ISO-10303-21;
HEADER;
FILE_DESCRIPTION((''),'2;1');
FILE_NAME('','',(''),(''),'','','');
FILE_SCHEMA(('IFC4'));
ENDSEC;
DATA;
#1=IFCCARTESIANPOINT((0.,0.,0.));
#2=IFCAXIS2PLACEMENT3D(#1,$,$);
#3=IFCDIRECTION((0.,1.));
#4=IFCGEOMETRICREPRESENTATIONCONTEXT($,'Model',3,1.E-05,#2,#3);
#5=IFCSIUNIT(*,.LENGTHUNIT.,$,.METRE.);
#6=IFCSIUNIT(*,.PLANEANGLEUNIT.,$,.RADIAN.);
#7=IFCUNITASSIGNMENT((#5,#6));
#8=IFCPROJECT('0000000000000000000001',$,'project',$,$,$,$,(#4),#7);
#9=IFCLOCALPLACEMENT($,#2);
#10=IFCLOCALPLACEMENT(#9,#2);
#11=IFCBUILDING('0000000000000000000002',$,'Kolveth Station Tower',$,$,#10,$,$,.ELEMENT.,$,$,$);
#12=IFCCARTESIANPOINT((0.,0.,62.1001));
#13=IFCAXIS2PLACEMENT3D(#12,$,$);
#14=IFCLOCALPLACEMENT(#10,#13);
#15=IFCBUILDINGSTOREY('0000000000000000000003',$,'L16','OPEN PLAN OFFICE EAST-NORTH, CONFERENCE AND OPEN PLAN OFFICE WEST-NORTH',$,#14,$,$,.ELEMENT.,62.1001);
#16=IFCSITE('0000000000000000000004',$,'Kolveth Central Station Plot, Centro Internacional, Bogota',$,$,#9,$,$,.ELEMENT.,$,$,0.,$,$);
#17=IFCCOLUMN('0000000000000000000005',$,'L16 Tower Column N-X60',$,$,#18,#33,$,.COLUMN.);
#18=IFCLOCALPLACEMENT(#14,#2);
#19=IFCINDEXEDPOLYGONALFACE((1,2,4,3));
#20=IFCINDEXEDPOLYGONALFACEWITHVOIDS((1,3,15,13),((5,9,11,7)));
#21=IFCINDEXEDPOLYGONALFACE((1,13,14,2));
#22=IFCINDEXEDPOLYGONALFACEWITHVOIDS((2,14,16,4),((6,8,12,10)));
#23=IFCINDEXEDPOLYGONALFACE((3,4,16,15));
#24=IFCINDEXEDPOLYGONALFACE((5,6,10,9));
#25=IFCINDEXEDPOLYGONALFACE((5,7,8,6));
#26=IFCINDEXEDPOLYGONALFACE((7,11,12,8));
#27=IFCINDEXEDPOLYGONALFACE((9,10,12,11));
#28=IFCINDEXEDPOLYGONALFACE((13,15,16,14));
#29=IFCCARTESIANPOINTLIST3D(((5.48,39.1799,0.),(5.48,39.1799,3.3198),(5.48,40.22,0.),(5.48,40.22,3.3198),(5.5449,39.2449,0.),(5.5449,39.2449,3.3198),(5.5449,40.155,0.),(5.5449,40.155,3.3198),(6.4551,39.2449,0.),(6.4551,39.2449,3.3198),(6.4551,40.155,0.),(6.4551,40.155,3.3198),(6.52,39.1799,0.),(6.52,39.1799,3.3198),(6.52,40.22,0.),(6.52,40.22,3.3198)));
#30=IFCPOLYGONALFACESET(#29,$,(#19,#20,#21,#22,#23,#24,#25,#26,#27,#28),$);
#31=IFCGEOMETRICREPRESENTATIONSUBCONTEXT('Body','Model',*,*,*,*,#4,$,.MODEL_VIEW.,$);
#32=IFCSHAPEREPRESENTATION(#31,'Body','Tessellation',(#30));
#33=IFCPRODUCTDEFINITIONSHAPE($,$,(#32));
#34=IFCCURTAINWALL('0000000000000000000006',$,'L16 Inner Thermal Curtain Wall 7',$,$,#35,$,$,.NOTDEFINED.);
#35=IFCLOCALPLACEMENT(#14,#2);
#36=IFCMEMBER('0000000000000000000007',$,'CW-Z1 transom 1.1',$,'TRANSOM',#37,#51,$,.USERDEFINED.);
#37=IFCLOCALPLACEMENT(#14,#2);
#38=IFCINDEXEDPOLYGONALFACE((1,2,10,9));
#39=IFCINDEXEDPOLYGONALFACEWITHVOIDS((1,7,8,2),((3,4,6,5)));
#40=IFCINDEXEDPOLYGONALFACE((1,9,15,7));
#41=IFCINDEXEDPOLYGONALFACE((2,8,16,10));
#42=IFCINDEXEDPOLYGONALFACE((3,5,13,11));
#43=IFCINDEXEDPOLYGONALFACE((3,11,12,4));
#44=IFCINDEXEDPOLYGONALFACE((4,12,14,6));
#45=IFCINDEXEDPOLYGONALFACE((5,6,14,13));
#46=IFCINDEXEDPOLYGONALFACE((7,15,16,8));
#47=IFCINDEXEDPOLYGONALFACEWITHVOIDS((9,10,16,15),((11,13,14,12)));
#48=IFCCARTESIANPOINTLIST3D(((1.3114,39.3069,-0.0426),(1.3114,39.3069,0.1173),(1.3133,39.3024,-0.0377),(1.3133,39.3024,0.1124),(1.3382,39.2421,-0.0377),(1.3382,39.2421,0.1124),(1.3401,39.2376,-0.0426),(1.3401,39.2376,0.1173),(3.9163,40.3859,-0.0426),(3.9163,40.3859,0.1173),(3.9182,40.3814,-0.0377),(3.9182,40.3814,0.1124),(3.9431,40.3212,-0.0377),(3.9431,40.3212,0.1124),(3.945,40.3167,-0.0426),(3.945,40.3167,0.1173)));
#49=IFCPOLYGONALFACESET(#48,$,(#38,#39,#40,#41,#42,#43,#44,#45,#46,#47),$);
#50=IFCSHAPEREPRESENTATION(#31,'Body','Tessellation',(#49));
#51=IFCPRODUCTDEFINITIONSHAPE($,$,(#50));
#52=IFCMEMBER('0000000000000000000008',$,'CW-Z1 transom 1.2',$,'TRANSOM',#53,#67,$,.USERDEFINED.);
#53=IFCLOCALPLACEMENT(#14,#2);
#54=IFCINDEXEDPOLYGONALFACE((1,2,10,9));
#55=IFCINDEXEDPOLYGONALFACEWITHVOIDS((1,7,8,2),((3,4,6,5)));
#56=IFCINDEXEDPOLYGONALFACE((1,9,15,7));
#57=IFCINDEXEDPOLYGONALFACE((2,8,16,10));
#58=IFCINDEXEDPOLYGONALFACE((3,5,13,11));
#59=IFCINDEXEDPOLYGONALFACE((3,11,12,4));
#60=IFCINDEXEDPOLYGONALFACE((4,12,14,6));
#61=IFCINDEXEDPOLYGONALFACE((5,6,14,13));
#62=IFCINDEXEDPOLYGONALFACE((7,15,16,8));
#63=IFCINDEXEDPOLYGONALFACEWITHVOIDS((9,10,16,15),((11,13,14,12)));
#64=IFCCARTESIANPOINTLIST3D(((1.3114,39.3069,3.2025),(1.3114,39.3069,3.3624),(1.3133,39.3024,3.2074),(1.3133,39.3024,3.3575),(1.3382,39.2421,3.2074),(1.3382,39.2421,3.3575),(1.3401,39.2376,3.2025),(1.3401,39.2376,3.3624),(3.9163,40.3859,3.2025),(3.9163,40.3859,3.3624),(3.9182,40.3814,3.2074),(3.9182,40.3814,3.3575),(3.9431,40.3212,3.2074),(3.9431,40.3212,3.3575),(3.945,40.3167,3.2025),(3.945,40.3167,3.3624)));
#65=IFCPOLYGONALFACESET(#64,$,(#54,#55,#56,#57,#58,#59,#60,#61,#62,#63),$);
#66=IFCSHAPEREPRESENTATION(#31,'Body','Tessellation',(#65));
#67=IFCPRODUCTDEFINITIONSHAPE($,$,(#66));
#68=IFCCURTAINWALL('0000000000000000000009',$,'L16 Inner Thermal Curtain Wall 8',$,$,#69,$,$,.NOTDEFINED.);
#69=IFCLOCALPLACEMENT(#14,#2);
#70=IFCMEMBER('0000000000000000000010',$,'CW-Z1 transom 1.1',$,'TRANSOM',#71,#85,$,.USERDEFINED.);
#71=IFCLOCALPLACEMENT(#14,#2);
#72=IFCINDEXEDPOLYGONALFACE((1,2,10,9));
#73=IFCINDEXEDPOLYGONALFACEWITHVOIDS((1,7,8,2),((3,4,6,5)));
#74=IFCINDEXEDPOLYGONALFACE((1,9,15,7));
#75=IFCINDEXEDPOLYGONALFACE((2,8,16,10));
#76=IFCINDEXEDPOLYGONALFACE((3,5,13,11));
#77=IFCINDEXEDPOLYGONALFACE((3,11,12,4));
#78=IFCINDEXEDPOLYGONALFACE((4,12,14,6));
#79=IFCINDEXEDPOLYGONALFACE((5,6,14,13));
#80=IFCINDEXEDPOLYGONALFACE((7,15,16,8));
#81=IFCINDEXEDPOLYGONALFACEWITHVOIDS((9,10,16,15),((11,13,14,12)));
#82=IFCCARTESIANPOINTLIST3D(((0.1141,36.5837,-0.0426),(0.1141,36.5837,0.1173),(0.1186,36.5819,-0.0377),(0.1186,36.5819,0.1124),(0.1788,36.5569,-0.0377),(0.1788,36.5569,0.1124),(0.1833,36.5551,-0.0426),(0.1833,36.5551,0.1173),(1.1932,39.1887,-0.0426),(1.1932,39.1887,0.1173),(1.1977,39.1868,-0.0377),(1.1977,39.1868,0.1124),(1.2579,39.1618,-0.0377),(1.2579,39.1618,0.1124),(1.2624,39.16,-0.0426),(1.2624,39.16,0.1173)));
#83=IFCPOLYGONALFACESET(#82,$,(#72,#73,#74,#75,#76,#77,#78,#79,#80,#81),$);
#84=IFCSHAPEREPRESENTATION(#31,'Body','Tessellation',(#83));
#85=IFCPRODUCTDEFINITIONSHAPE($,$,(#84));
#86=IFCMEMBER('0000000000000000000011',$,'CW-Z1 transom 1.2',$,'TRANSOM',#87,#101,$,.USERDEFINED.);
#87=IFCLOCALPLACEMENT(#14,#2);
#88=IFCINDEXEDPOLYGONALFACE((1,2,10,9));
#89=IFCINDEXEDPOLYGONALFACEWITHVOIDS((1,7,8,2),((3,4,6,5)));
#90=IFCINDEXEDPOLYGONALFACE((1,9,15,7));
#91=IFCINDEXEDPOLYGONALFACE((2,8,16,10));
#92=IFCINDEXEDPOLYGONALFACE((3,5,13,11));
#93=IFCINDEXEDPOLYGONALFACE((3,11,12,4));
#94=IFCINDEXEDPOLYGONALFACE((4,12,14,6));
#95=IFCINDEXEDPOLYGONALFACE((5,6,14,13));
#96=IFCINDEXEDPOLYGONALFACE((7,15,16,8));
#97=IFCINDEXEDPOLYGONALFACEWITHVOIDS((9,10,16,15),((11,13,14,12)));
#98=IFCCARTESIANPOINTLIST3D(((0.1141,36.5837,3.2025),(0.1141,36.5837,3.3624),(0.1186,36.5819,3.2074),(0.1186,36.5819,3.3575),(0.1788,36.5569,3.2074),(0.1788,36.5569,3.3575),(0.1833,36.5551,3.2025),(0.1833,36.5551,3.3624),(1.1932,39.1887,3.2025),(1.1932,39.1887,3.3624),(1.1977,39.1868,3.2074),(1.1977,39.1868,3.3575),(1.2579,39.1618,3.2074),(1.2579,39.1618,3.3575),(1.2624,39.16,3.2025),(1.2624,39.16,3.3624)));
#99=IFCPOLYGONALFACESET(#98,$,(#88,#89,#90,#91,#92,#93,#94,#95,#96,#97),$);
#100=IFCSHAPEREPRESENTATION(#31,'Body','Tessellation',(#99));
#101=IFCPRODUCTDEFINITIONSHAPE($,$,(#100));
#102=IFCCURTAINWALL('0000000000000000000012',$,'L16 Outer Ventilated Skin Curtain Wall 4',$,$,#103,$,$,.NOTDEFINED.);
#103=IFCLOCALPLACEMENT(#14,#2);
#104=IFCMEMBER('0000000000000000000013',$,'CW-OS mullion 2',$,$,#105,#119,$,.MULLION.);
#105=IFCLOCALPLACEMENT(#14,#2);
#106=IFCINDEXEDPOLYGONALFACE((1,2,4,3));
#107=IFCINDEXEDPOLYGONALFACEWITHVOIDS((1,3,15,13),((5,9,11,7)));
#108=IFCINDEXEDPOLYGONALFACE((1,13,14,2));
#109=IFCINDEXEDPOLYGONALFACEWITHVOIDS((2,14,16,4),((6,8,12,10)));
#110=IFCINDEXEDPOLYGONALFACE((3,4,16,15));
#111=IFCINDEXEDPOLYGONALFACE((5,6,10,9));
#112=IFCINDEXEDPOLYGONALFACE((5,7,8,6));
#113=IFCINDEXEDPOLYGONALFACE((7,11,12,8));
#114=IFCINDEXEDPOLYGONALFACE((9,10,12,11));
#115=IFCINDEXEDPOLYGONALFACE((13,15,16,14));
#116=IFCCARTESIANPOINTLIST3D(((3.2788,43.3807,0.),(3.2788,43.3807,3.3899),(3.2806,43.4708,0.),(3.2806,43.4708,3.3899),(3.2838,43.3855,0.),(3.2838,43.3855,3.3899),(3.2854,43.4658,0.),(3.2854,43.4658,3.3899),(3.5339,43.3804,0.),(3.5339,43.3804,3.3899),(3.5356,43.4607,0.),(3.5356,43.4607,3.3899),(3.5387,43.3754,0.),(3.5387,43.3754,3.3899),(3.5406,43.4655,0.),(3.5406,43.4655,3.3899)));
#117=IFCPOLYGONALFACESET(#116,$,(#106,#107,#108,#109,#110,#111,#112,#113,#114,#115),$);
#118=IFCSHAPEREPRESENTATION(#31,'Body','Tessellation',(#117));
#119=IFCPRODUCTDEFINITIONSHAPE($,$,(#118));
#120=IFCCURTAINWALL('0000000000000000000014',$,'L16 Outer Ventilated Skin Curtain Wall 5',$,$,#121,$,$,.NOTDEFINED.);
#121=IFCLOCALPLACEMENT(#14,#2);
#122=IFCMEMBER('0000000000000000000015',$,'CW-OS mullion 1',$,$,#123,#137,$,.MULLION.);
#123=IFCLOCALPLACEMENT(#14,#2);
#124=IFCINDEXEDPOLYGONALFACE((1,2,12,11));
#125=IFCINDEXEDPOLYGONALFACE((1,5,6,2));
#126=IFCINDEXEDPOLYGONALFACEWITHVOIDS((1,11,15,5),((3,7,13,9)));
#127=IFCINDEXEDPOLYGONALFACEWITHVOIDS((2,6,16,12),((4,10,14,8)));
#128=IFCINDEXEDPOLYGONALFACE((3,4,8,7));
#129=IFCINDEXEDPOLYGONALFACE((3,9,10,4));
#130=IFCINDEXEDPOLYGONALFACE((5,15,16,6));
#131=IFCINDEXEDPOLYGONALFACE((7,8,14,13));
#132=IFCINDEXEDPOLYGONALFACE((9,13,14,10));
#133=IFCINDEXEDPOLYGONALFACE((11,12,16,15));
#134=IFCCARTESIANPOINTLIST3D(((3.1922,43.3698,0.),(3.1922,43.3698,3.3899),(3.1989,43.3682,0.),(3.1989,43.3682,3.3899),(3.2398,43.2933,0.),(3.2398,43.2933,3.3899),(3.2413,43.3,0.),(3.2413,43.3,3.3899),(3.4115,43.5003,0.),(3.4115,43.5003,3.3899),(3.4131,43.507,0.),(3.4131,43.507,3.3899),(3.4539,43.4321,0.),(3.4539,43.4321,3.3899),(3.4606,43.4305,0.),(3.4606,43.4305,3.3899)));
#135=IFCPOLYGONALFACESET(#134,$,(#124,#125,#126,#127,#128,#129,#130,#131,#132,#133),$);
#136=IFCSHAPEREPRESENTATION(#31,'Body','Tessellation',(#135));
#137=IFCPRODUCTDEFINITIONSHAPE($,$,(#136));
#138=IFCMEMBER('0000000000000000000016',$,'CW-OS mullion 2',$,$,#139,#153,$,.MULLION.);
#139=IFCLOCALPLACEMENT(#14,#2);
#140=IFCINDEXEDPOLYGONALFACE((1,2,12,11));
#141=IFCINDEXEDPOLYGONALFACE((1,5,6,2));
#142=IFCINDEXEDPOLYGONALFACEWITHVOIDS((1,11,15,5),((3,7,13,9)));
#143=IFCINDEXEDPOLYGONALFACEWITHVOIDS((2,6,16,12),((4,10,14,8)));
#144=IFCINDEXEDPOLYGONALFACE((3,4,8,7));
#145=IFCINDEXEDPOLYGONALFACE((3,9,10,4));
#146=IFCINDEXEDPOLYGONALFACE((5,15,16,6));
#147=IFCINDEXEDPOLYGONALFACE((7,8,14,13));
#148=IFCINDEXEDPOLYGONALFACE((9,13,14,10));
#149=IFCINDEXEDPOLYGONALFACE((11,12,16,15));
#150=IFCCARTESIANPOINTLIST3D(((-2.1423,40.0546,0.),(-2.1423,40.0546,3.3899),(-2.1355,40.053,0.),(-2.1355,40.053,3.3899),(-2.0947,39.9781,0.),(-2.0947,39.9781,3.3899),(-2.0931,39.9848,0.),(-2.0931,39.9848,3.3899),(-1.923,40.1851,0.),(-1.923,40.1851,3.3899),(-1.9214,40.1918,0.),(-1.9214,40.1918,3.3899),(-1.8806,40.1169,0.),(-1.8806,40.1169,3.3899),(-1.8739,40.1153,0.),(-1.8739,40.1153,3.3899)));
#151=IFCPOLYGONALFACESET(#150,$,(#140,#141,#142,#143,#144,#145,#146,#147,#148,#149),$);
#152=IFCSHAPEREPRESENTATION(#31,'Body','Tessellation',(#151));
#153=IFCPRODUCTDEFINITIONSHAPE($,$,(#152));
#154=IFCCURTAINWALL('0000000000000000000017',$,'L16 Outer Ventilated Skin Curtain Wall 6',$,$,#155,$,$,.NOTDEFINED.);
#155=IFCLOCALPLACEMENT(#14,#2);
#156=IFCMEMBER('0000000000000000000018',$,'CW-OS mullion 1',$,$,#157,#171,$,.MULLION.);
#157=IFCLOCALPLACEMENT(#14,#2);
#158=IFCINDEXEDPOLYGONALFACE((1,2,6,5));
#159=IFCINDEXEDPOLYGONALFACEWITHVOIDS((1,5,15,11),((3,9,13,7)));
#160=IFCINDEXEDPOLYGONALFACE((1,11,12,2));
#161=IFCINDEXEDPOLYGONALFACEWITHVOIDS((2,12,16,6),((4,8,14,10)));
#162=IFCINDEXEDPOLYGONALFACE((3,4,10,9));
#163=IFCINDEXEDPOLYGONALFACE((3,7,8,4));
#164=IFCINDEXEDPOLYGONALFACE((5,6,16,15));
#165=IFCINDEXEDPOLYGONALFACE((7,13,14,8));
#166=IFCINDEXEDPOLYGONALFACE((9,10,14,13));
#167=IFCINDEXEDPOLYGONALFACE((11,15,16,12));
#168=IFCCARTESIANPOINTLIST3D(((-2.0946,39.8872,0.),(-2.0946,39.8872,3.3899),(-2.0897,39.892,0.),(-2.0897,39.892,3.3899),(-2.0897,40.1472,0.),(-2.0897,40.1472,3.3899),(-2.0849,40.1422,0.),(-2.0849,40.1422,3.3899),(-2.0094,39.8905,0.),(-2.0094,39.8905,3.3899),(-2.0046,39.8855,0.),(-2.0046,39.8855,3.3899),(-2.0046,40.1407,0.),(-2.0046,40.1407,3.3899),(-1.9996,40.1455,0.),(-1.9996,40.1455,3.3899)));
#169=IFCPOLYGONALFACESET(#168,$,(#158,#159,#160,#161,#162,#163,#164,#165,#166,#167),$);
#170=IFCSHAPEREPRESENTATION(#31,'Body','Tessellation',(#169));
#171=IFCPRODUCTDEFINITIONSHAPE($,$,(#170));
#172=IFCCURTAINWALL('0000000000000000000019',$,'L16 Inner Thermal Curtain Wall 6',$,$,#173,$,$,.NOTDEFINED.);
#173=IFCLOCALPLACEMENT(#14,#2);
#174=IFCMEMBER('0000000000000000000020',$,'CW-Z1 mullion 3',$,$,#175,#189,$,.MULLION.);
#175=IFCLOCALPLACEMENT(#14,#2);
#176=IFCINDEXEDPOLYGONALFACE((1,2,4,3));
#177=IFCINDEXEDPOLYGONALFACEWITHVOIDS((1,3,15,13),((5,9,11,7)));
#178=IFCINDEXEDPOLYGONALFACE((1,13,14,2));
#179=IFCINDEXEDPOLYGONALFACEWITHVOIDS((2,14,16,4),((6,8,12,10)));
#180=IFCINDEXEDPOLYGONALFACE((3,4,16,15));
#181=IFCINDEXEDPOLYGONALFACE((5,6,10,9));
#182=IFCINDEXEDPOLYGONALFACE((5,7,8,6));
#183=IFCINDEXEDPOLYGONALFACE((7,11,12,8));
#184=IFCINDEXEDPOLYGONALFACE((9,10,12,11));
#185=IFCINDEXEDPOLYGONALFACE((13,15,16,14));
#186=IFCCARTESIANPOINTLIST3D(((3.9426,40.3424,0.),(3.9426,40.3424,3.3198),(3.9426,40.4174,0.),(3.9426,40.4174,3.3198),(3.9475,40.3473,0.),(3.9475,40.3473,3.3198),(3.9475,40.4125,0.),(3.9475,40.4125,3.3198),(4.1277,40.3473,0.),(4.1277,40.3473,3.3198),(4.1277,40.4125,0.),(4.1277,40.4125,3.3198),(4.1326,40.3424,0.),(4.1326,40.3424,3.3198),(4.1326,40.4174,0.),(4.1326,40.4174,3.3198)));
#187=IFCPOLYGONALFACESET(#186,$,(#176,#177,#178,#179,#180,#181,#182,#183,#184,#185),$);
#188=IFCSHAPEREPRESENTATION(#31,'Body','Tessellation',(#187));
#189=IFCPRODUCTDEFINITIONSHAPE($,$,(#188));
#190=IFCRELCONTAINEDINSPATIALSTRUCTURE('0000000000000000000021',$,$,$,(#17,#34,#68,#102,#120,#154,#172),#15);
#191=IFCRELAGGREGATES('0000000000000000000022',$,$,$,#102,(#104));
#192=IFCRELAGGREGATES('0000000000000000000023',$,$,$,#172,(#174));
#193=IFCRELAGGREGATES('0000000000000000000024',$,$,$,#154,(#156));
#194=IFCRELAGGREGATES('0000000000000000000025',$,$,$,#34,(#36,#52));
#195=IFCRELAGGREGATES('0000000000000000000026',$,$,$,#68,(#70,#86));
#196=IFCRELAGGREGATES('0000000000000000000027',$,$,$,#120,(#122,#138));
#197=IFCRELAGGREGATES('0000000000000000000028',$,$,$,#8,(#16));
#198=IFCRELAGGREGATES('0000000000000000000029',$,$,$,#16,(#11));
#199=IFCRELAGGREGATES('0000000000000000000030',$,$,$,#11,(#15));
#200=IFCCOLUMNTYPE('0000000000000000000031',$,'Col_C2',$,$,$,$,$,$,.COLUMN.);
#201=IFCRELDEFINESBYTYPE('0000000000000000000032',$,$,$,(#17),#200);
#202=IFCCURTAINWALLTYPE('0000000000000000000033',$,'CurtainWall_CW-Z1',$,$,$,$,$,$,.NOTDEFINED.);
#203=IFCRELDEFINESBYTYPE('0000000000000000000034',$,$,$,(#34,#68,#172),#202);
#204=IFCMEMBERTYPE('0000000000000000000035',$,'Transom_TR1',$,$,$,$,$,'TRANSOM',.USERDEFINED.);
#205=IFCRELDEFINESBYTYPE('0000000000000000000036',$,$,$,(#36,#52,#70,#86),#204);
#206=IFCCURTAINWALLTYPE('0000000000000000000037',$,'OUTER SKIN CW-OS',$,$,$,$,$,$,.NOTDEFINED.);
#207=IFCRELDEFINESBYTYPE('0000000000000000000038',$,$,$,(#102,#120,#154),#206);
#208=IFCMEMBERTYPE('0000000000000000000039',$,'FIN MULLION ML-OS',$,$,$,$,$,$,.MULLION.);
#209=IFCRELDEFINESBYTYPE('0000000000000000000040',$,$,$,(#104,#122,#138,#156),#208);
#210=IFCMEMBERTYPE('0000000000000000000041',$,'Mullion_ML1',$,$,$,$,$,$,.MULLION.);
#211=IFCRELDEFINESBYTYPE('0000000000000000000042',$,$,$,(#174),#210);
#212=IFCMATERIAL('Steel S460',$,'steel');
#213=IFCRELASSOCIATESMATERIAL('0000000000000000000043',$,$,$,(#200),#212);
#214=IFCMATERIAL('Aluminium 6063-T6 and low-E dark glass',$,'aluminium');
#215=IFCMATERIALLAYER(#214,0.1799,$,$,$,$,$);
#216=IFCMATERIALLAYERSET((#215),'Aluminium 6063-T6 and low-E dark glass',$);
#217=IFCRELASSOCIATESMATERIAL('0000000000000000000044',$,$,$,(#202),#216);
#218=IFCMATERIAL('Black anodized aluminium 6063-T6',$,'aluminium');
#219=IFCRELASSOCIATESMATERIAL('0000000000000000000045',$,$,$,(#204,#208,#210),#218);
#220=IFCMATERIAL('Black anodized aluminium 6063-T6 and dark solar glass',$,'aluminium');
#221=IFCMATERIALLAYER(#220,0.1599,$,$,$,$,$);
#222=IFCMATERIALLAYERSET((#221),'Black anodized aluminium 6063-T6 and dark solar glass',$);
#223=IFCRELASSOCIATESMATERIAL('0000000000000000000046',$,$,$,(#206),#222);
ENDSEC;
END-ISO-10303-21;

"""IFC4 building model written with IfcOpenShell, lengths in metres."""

from ifc_helpers import new_model, si_unit, direction, frame, origin, origin_2d, place, context, subcontext, project, spatial, hollow_rectangle, extrude, source, transform, mapped, material, layer, layer_set, material_profile, profile_set, type_object, element, aggregate, save


model = new_model("IFC4")

# Units and contexts
model_context = context("Model", 3, precision=1e-05, world=origin(), true_north=direction((0.0, 1.0)))
body_context = subcontext(model_context, "Body", "Model", "MODEL_VIEW")
ifc_project = project(units=[si_unit("LENGTHUNIT", "METRE"), si_unit("PLANEANGLEUNIT", "RADIAN")], contexts=[model_context])

# Site, building, storey
site_placement = place(None, origin())
site = spatial("IfcSite", under=ifc_project, at=site_placement, Name="Kolveth Central Station Plot, Centro Internacional, Bogota", CompositionType="ELEMENT", RefElevation=0.0)
building_placement = place(site_placement, origin())
building = spatial("IfcBuilding", under=site, at=building_placement, Name="Kolveth Station Tower", CompositionType="ELEMENT")
storey_placement = place(building_placement, frame((0.0, 0.0, 62.1001)))
storey = spatial("IfcBuildingStorey", under=building, at=storey_placement, Name="L16", Description="OPEN PLAN OFFICE EAST-NORTH, CONFERENCE AND OPEN PLAN OFFICE WEST-NORTH", CompositionType="ELEMENT", Elevation=62.1001)

# Column
ifc_material_1 = material(Name="Steel S460", Category="steel")
ifc_material_profile_1 = material_profile(ifc_material_1, hollow_rectangle(XDim=1.04, YDim=1.04, WallThickness=0.0649, at=origin_2d()), Name="BOX1040x1040x65")
ifc_profile_set_1 = profile_set([ifc_material_profile_1], Name="Steel S460")
column_type = type_object("IfcColumnType", Name="Col_C2", PredefinedType="COLUMN", material=ifc_profile_set_1)
shared_shape_1 = source(origin(), body_context, "Body", "SweptSolid", [
    extrude(hollow_rectangle(XDim=1.04, YDim=1.04, WallThickness=0.0649, at=origin_2d()), origin(), (0.0, 0.0, 1.0), 3.3198),
])
column_placement = place(storey_placement, frame((6.0, 39.7, 0.0), z_axis=(0.0, 0.0, 1.0), x_axis=(1.0, 0.0, 0.0)))
element("IfcColumn", 1, at=column_placement, inside=storey, type_object=column_type, Name="L16 Tower Column N-X60", PredefinedType="COLUMN", context=body_context, shape_type="MappedRepresentation", body=[
    mapped(shared_shape_1, transform((0.0, 0.0, 0.0), x_axis=(1.0, 0.0, 0.0), y_axis=(0.0, 1.0, 0.0), z_axis=(0.0, 0.0, 1.0), scale=1.0)),
])

# Curtain walls, members
ifc_material_2 = material(Name="Aluminium 6063-T6 and low-E dark glass", Category="aluminium")
ifc_layer_1 = layer(ifc_material_2, 0.1799)
ifc_layer_set_1 = layer_set([ifc_layer_1], Name="Aluminium 6063-T6 and low-E dark glass")
curtain_wall_type_1 = type_object("IfcCurtainWallType", Name="CurtainWall_CW-Z1", PredefinedType="NOTDEFINED", material=ifc_layer_set_1)
curtain_wall_1_placement = place(storey_placement, origin())
curtain_wall_1 = element("IfcCurtainWall", 2, at=curtain_wall_1_placement, inside=storey, type_object=curtain_wall_type_1, Name="L16 Inner Thermal Curtain Wall 7", PredefinedType="NOTDEFINED")
ifc_material_3 = material(Name="Black anodized aluminium 6063-T6", Category="aluminium")
ifc_material_profile_2 = material_profile(ifc_material_3, hollow_rectangle(XDim=0.075, YDim=0.1599, WallThickness=0.0049, at=origin_2d()), Name="ALU-75x160x5")
ifc_profile_set_2 = profile_set([ifc_material_profile_2], Name="Black anodized aluminium 6063-T6")
member_type_1 = type_object("IfcMemberType", Name="Transom_TR1", ElementType="TRANSOM", PredefinedType="USERDEFINED", material=ifc_profile_set_2)
shared_shape_2 = source(origin(), body_context, "Body", "SweptSolid", [
    extrude(hollow_rectangle(XDim=0.075, YDim=0.1599, WallThickness=0.0049, at=origin_2d()), origin(), (0.0, 0.0, 1.0), 2.8196),
])
member_1_placement = place(storey_placement, frame((3.9307, 40.3513, 0.0374), z_axis=(-0.923869, -0.382709, 0.0), x_axis=(0.382709, -0.923869, 0.0)))
member_1 = element("IfcMember", 3, at=member_1_placement, type_object=member_type_1, Name="CW-Z1 transom 1.1", ObjectType="TRANSOM", PredefinedType="USERDEFINED", context=body_context, shape_type="MappedRepresentation", body=[
    mapped(shared_shape_2, transform((0.0, 0.0, 0.0), x_axis=(1.0, 0.0, 0.0), y_axis=(0.0, 1.0, 0.0), z_axis=(0.0, 0.0, 1.0), scale=1.0)),
])
member_2_placement = place(storey_placement, frame((3.9307, 40.3513, 3.2825), z_axis=(-0.923869, -0.382709, 0.0), x_axis=(0.382709, -0.923869, 0.0)))
member_2 = element("IfcMember", 4, at=member_2_placement, type_object=member_type_1, Name="CW-Z1 transom 1.2", ObjectType="TRANSOM", PredefinedType="USERDEFINED", context=body_context, shape_type="MappedRepresentation", body=[
    mapped(shared_shape_2, transform((0.0, 0.0, 0.0), x_axis=(1.0, 0.0, 0.0), y_axis=(0.0, 1.0, 0.0), z_axis=(0.0, 0.0, 1.0), scale=1.0)),
])
curtain_wall_2_placement = place(storey_placement, origin())
curtain_wall_2 = element("IfcCurtainWall", 5, at=curtain_wall_2_placement, inside=storey, type_object=curtain_wall_type_1, Name="L16 Inner Thermal Curtain Wall 8", PredefinedType="NOTDEFINED")
member_3_placement = place(storey_placement, frame((1.2278, 39.1743, 0.0374), z_axis=(-0.382709, -0.923869, 0.0), x_axis=(0.923869, -0.382709, 0.0)))
member_3 = element("IfcMember", 6, at=member_3_placement, type_object=member_type_1, Name="CW-Z1 transom 1.1", ObjectType="TRANSOM", PredefinedType="USERDEFINED", context=body_context, shape_type="MappedRepresentation", body=[
    mapped(shared_shape_2, transform((0.0, 0.0, 0.0), x_axis=(1.0, 0.0, 0.0), y_axis=(0.0, 1.0, 0.0), z_axis=(0.0, 0.0, 1.0), scale=1.0)),
])
member_4_placement = place(storey_placement, frame((1.2278, 39.1743, 3.2825), z_axis=(-0.382709, -0.923869, 0.0), x_axis=(0.923869, -0.382709, 0.0)))
member_4 = element("IfcMember", 7, at=member_4_placement, type_object=member_type_1, Name="CW-Z1 transom 1.2", ObjectType="TRANSOM", PredefinedType="USERDEFINED", context=body_context, shape_type="MappedRepresentation", body=[
    mapped(shared_shape_2, transform((0.0, 0.0, 0.0), x_axis=(1.0, 0.0, 0.0), y_axis=(0.0, 1.0, 0.0), z_axis=(0.0, 0.0, 1.0), scale=1.0)),
])

# Curtain wall, member
ifc_material_4 = material(Name="Black anodized aluminium 6063-T6 and dark solar glass", Category="aluminium")
ifc_layer_2 = layer(ifc_material_4, 0.1599)
ifc_layer_set_2 = layer_set([ifc_layer_2], Name="Black anodized aluminium 6063-T6 and dark solar glass")
curtain_wall_type_2 = type_object("IfcCurtainWallType", Name="OUTER SKIN CW-OS", PredefinedType="NOTDEFINED", material=ifc_layer_set_2)
curtain_wall_3_placement = place(storey_placement, origin())
curtain_wall_3 = element("IfcCurtainWall", 8, at=curtain_wall_3_placement, inside=storey, type_object=curtain_wall_type_2, Name="L16 Outer Ventilated Skin Curtain Wall 4", PredefinedType="NOTDEFINED")
ifc_material_profile_3 = material_profile(ifc_material_3, hollow_rectangle(XDim=0.0901, YDim=0.26, WallThickness=0.0049, at=origin_2d()), Name="ALU-90x260x5")
ifc_profile_set_3 = profile_set([ifc_material_profile_3], Name="Black anodized aluminium 6063-T6")
member_type_2 = type_object("IfcMemberType", Name="FIN MULLION ML-OS", PredefinedType="MULLION", material=ifc_profile_set_3)
shared_shape_3 = source(origin(), body_context, "Body", "SweptSolid", [
    extrude(hollow_rectangle(XDim=0.0901, YDim=0.26, WallThickness=0.0049, at=origin_2d()), origin(), (0.0, 0.0, 1.0), 3.3899),
])
member_5_placement = place(storey_placement, frame((3.4097, 43.4231, 0.0), z_axis=(0.0, 0.0, 1.0), x_axis=(-0.020301, -0.999794, 0.0)))
member_5 = element("IfcMember", 9, at=member_5_placement, type_object=member_type_2, Name="CW-OS mullion 2", PredefinedType="MULLION", context=body_context, shape_type="MappedRepresentation", body=[
    mapped(shared_shape_3, transform((0.0, 0.0, 0.0), x_axis=(1.0, 0.0, 0.0), y_axis=(0.0, 1.0, 0.0), z_axis=(0.0, 0.0, 1.0), scale=1.0)),
])
aggregate(curtain_wall_3, [member_5])

# Curtain wall, members
curtain_wall_4_placement = place(storey_placement, origin())
curtain_wall_4 = element("IfcCurtainWall", 10, at=curtain_wall_4_placement, inside=storey, type_object=curtain_wall_type_2, Name="L16 Outer Ventilated Skin Curtain Wall 5", PredefinedType="NOTDEFINED")
member_6_placement = place(storey_placement, frame((3.3264, 43.4001, 0.0), z_axis=(0.0, 0.0, 1.0), x_axis=(0.527833, -0.849348, 0.0)))
member_6 = element("IfcMember", 11, at=member_6_placement, type_object=member_type_2, Name="CW-OS mullion 1", PredefinedType="MULLION", context=body_context, shape_type="MappedRepresentation", body=[
    mapped(shared_shape_3, transform((0.0, 0.0, 0.0), x_axis=(1.0, 0.0, 0.0), y_axis=(0.0, 1.0, 0.0), z_axis=(0.0, 0.0, 1.0), scale=1.0)),
])
member_7_placement = place(storey_placement, frame((-2.0081, 40.085, 0.0), z_axis=(0.0, 0.0, 1.0), x_axis=(0.527833, -0.849348, 0.0)))
member_7 = element("IfcMember", 12, at=member_7_placement, type_object=member_type_2, Name="CW-OS mullion 2", PredefinedType="MULLION", context=body_context, shape_type="MappedRepresentation", body=[
    mapped(shared_shape_3, transform((0.0, 0.0, 0.0), x_axis=(1.0, 0.0, 0.0), y_axis=(0.0, 1.0, 0.0), z_axis=(0.0, 0.0, 1.0), scale=1.0)),
])

# Curtain walls, members
curtain_wall_5_placement = place(storey_placement, origin())
curtain_wall_5 = element("IfcCurtainWall", 13, at=curtain_wall_5_placement, inside=storey, type_object=curtain_wall_type_2, Name="L16 Outer Ventilated Skin Curtain Wall 6", PredefinedType="NOTDEFINED")
member_8_placement = place(storey_placement, frame((-2.0471, 40.0164, 0.0), z_axis=(0.0, 0.0, 1.0), x_axis=(0.999817, -0.019106, 0.0)))
member_8 = element("IfcMember", 14, at=member_8_placement, type_object=member_type_2, Name="CW-OS mullion 1", PredefinedType="MULLION", context=body_context, shape_type="MappedRepresentation", body=[
    mapped(shared_shape_3, transform((0.0, 0.0, 0.0), x_axis=(1.0, 0.0, 0.0), y_axis=(0.0, 1.0, 0.0), z_axis=(0.0, 0.0, 1.0), scale=1.0)),
])
curtain_wall_6_placement = place(storey_placement, origin())
curtain_wall_6 = element("IfcCurtainWall", 15, at=curtain_wall_6_placement, inside=storey, type_object=curtain_wall_type_1, Name="L16 Inner Thermal Curtain Wall 6", PredefinedType="NOTDEFINED")
ifc_material_profile_4 = material_profile(ifc_material_3, hollow_rectangle(XDim=0.075, YDim=0.1899, WallThickness=0.0049, at=origin_2d()), Name="ALU-75x190x5")
ifc_profile_set_4 = profile_set([ifc_material_profile_4], Name="Black anodized aluminium 6063-T6")
member_type_3 = type_object("IfcMemberType", Name="Mullion_ML1", PredefinedType="MULLION", material=ifc_profile_set_4)
shared_shape_4 = source(origin(), body_context, "Body", "SweptSolid", [
    extrude(hollow_rectangle(XDim=0.075, YDim=0.1899, WallThickness=0.0049, at=origin_2d()), origin(), (0.0, 0.0, 1.0), 3.3198),
])
member_9_placement = place(storey_placement, frame((4.0376, 40.3799, 0.0), z_axis=(0.0, 0.0, 1.0), x_axis=(0.0, -1.0, 0.0)))
member_9 = element("IfcMember", 16, at=member_9_placement, type_object=member_type_3, Name="CW-Z1 mullion 3", PredefinedType="MULLION", context=body_context, shape_type="MappedRepresentation", body=[
    mapped(shared_shape_4, transform((0.0, 0.0, 0.0), x_axis=(1.0, 0.0, 0.0), y_axis=(0.0, 1.0, 0.0), z_axis=(0.0, 0.0, 1.0), scale=1.0)),
])
aggregate(curtain_wall_6, [member_9])

aggregate(curtain_wall_5, [member_8])

aggregate(curtain_wall_1, [member_1, member_2])
aggregate(curtain_wall_2, [member_3, member_4])
aggregate(curtain_wall_4, [member_6, member_7])

save(model, "model.ifc")
